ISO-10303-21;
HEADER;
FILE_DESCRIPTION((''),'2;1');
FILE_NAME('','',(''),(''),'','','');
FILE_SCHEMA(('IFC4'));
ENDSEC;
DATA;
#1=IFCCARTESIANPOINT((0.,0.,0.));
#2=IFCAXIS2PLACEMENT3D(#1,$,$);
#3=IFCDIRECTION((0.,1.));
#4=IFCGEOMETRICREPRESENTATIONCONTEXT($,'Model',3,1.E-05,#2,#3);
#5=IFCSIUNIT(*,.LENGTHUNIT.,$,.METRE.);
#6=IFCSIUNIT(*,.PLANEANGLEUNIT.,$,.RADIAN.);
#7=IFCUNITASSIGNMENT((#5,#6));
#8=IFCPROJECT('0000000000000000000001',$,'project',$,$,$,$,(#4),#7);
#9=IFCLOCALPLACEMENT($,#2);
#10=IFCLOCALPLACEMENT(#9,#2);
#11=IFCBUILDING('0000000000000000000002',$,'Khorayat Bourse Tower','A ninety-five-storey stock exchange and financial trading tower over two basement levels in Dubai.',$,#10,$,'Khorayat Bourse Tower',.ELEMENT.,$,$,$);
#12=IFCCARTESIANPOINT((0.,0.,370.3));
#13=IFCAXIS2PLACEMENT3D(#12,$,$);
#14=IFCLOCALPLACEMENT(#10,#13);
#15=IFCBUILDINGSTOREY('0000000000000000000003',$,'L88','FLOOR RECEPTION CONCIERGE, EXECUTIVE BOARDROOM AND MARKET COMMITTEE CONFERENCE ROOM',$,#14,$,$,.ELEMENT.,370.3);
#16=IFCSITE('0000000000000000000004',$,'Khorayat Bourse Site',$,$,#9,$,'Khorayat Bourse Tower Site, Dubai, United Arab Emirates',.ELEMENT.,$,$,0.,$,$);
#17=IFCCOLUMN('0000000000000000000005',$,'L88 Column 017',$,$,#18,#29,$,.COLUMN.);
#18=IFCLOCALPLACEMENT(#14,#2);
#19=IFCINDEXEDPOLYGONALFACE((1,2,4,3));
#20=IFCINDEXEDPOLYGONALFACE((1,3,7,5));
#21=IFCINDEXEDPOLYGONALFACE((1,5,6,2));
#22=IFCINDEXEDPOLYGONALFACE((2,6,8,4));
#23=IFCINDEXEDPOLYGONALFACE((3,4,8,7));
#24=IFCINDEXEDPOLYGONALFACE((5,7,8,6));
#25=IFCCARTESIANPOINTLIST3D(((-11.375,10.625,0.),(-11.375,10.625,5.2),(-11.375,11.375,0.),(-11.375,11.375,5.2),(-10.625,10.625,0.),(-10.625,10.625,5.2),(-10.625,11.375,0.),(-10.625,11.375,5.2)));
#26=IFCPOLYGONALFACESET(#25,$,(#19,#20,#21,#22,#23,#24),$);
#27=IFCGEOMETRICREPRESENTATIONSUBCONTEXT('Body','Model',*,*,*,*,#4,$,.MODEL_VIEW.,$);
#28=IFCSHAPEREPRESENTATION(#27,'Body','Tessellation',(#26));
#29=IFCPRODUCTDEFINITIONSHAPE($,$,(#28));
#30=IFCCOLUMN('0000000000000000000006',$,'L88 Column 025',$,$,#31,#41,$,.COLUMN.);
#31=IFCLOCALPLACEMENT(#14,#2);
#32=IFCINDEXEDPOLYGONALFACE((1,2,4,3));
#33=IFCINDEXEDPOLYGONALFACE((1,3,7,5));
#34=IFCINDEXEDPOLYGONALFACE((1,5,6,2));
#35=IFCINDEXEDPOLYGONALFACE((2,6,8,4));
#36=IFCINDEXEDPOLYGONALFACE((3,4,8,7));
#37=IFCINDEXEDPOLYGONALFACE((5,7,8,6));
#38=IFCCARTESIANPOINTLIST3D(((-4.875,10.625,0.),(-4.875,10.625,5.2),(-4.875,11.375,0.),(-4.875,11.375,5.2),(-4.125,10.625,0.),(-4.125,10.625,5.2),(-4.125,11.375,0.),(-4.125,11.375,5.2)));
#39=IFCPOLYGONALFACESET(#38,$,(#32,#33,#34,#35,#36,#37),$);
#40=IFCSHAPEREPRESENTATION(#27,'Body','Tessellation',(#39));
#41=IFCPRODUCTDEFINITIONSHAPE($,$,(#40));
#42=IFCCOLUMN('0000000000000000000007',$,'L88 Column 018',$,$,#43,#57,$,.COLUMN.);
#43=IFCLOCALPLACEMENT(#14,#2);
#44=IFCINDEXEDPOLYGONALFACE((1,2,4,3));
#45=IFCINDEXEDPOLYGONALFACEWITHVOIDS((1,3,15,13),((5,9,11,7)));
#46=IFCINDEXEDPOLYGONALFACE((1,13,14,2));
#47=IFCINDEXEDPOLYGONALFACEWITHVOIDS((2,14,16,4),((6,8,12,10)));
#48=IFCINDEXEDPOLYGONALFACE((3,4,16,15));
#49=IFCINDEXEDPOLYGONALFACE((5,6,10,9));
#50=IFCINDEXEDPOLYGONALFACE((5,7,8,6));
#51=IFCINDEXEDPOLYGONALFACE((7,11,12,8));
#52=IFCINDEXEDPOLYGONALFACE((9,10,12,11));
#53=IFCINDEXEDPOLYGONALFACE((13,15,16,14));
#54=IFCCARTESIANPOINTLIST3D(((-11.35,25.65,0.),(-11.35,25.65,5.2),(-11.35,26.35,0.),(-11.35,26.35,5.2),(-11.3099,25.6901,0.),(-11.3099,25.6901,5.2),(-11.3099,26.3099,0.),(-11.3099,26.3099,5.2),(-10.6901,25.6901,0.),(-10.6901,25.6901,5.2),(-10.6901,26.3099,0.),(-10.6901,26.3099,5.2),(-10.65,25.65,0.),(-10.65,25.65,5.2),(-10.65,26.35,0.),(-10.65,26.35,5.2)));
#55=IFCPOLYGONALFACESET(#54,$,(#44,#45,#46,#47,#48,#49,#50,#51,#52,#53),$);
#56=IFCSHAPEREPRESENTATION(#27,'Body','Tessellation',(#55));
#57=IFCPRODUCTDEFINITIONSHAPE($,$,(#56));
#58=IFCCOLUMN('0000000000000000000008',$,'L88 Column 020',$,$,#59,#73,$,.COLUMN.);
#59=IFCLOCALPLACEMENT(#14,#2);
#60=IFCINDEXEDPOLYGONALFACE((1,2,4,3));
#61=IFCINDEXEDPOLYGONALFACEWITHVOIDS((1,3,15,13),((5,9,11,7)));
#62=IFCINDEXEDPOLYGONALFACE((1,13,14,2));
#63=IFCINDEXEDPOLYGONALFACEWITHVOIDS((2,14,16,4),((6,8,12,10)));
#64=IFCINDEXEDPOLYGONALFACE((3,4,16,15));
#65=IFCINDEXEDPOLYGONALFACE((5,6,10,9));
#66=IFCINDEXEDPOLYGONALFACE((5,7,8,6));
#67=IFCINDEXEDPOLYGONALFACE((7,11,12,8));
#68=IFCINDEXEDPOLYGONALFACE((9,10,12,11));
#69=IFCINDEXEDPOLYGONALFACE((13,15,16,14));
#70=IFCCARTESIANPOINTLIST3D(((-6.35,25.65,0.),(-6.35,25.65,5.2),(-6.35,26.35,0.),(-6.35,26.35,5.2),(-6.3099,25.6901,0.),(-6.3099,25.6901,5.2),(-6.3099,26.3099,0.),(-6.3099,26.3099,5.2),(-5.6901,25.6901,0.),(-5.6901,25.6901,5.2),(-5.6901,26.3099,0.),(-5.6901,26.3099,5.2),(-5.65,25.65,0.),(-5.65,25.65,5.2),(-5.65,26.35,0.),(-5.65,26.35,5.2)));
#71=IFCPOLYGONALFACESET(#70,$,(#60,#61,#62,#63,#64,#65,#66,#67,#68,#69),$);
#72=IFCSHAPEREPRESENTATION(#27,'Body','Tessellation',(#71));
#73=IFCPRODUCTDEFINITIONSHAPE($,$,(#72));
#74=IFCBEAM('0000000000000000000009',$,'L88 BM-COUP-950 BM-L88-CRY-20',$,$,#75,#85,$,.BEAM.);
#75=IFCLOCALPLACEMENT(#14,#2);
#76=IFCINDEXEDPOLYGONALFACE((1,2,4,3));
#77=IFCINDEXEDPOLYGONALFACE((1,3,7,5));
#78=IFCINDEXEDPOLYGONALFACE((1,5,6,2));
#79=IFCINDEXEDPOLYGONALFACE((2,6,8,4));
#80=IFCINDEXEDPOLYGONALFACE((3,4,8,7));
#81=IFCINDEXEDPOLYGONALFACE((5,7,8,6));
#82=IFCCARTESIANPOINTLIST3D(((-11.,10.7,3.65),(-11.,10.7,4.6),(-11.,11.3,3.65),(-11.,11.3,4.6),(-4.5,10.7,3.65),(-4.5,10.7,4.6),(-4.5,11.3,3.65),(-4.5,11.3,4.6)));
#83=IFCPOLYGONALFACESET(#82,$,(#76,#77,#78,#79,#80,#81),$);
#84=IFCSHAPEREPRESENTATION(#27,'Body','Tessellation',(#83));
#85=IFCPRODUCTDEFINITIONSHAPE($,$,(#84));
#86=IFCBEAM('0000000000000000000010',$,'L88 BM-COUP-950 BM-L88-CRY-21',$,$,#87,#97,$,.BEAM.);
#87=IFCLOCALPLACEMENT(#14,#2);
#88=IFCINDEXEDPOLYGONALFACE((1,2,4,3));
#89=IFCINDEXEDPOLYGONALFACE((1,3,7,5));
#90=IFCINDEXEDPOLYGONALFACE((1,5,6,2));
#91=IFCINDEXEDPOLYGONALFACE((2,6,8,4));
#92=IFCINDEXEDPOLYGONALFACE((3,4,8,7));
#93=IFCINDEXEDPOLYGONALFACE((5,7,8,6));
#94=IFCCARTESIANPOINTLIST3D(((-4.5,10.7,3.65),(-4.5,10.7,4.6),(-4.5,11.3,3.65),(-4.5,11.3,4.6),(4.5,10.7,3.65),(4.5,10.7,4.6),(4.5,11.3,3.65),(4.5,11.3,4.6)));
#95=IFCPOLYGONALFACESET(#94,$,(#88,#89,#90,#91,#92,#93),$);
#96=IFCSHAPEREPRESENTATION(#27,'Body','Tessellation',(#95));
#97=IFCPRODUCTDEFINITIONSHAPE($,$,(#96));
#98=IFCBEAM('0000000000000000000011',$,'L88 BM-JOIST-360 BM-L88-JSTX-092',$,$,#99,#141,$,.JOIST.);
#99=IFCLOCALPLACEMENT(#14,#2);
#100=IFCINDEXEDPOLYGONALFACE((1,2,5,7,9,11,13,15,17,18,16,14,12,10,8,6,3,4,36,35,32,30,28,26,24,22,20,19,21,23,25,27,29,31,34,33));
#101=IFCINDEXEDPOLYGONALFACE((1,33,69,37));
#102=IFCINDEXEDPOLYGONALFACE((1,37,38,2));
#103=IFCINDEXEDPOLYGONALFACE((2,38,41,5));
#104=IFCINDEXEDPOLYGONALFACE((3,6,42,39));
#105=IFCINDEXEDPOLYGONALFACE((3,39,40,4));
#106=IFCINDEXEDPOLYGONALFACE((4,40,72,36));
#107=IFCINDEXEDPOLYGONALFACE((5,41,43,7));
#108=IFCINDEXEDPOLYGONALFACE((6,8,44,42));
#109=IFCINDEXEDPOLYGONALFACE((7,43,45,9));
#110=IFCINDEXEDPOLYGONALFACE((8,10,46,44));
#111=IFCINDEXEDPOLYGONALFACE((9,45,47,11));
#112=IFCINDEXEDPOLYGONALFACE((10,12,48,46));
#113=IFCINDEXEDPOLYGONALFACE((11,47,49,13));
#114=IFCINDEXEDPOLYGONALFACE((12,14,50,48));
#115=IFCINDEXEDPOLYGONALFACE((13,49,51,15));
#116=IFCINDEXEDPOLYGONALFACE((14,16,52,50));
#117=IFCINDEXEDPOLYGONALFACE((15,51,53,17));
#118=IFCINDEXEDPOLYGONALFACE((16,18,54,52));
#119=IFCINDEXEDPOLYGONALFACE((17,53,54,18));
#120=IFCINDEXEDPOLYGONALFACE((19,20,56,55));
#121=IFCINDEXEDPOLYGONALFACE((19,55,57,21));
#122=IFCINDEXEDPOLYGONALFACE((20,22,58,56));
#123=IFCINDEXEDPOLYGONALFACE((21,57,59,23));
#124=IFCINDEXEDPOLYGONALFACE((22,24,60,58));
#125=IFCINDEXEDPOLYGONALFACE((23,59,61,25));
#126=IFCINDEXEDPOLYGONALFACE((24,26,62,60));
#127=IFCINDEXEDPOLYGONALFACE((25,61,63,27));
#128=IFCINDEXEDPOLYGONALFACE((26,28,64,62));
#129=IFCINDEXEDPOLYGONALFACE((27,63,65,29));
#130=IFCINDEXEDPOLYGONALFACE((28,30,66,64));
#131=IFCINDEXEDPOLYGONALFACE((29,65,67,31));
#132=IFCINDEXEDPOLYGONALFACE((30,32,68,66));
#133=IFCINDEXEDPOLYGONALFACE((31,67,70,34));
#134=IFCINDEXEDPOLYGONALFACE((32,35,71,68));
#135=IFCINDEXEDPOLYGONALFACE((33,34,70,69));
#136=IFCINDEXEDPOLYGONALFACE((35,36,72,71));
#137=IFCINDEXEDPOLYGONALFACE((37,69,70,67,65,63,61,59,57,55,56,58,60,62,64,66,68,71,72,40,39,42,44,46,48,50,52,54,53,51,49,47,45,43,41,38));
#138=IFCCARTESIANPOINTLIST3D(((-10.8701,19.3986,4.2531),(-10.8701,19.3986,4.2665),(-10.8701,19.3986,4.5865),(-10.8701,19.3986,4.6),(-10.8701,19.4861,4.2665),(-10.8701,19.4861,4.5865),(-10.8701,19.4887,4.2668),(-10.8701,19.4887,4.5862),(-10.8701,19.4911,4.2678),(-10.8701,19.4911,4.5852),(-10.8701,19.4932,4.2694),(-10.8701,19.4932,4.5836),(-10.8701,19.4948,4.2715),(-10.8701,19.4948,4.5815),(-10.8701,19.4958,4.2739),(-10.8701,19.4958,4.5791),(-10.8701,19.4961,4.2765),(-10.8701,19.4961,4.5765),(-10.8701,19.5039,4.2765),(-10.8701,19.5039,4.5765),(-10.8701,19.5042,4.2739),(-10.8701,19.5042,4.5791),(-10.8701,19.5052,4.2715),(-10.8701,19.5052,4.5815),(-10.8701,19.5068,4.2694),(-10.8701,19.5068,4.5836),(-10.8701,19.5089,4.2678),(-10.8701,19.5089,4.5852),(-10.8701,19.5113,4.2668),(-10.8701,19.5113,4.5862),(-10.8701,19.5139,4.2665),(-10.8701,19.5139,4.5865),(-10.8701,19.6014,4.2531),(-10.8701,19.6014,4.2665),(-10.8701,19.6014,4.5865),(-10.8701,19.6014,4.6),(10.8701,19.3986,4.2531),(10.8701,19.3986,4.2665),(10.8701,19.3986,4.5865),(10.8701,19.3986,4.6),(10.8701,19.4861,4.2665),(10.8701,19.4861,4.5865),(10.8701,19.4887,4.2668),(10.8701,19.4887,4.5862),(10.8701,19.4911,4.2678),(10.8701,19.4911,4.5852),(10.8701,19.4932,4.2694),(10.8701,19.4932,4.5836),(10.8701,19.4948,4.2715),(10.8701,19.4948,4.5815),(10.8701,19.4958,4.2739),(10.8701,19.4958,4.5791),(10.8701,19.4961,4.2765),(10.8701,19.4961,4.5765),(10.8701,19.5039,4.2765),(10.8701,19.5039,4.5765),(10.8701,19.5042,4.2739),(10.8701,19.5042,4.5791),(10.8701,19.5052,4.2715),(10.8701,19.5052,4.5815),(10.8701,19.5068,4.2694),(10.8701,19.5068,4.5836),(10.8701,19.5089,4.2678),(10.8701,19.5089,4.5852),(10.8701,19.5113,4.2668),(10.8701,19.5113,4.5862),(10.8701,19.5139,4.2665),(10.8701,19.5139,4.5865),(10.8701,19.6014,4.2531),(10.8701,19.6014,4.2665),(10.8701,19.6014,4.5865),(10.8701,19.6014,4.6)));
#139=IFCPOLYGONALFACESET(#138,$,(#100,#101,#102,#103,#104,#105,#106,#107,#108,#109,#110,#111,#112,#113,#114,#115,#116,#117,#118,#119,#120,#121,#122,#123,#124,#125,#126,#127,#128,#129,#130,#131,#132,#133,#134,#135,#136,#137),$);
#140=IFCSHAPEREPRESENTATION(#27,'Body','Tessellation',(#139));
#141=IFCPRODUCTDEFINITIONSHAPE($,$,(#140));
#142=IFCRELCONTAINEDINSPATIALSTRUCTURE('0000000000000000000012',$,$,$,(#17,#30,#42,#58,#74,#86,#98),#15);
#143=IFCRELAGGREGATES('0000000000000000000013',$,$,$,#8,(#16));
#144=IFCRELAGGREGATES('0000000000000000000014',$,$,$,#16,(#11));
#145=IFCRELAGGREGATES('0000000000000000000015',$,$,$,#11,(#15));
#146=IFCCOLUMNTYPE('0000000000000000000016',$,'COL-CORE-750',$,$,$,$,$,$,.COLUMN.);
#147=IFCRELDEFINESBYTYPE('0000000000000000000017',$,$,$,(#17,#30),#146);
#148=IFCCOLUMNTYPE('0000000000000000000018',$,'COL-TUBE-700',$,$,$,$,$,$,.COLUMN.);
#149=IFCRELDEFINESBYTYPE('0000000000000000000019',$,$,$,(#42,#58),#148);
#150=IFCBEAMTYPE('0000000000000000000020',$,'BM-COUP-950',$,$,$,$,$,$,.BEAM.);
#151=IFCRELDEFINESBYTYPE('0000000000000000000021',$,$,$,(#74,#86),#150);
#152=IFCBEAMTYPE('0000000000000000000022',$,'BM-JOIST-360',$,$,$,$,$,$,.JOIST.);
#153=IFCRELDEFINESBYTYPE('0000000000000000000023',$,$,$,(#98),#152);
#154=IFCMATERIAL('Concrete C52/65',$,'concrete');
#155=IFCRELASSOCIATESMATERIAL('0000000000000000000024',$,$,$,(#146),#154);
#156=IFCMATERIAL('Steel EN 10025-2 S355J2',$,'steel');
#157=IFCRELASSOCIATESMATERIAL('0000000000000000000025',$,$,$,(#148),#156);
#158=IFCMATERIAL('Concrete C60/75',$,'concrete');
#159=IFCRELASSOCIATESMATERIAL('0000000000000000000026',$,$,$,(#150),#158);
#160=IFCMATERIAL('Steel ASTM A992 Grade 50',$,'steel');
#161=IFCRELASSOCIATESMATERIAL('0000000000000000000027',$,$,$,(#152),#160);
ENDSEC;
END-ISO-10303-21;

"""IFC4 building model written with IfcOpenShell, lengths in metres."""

from ifc_helpers import new_model, si_unit, direction, frame, origin, origin_2d, place, context, subcontext, project, spatial, rectangle, hollow_rectangle, i_section, extrude, source, transform, mapped, material, material_profile, profile_set, type_object, element, save


model = new_model("IFC4")

# Units and contexts
model_context = context("Model", 3, precision=1e-05, world=origin(), true_north=direction((0.0, 1.0)))
body_context = subcontext(model_context, "Body", "Model", "MODEL_VIEW")
ifc_project = project(units=[si_unit("LENGTHUNIT", "METRE"), si_unit("PLANEANGLEUNIT", "RADIAN")], contexts=[model_context])

# Site, building, storey
site_placement = place(None, origin())
site = spatial("IfcSite", under=ifc_project, at=site_placement, Name="Khorayat Bourse Site", LongName="Khorayat Bourse Tower Site, Dubai, United Arab Emirates", CompositionType="ELEMENT", RefElevation=0.0)
building_placement = place(site_placement, origin())
building = spatial("IfcBuilding", under=site, at=building_placement, Name="Khorayat Bourse Tower", Description="A ninety-five-storey stock exchange and financial trading tower over two basement levels in Dubai.", LongName="Khorayat Bourse Tower", CompositionType="ELEMENT")
storey_placement = place(building_placement, frame((0.0, 0.0, 370.3)))
storey = spatial("IfcBuildingStorey", under=building, at=storey_placement, Name="L88", Description="FLOOR RECEPTION CONCIERGE, EXECUTIVE BOARDROOM AND MARKET COMMITTEE CONFERENCE ROOM", CompositionType="ELEMENT", Elevation=370.3)

# Columns
ifc_material_1 = material(Name="Concrete C52/65", Category="concrete")
ifc_material_profile_1 = material_profile(ifc_material_1, rectangle(XDim=0.75, YDim=0.75, at=origin_2d()), Name="RC 750x750")
ifc_profile_set_1 = profile_set([ifc_material_profile_1], Name="Concrete C52/65")
column_type_1 = type_object("IfcColumnType", Name="COL-CORE-750", PredefinedType="COLUMN", material=ifc_profile_set_1)
shared_shape_1 = source(origin(), body_context, "Body", "SweptSolid", [
    extrude(rectangle(XDim=0.75, YDim=0.75, at=origin_2d()), origin(), (0.0, 0.0, 1.0), 5.2),
])
for number, where, z_axis, x_axis, name in (
    (1, (-11.0, 11.0, 0.0), (0.0, 0.0, 1.0), (1.0, 0.0, 0.0), "L88 Column 017"),
    (2, (-4.5, 11.0, 0.0), (0.0, 0.0, 1.0), (1.0, 0.0, 0.0), "L88 Column 025"),
):
    element("IfcColumn", number, at=place(storey_placement, frame(where, z_axis=z_axis, x_axis=x_axis)), inside=storey, type_object=column_type_1, Name=name, PredefinedType="COLUMN", context=body_context, shape_type="MappedRepresentation", body=[
        mapped(shared_shape_1, transform((0.0, 0.0, 0.0), scale=1.0)),
    ])
ifc_material_2 = material(Name="Steel EN 10025-2 S355J2", Category="steel")
ifc_material_profile_2 = material_profile(ifc_material_2, hollow_rectangle(XDim=0.7, YDim=0.7, WallThickness=0.04, at=origin_2d()), Name="BOX 700x700x40")
ifc_profile_set_2 = profile_set([ifc_material_profile_2], Name="Steel EN 10025-2 S355J2")
column_type_2 = type_object("IfcColumnType", Name="COL-TUBE-700", PredefinedType="COLUMN", material=ifc_profile_set_2)
shared_shape_2 = source(origin(), body_context, "Body", "SweptSolid", [
    extrude(hollow_rectangle(XDim=0.7, YDim=0.7, WallThickness=0.04, at=origin_2d()), origin(), (0.0, 0.0, 1.0), 5.2),
])
for number, where, z_axis, x_axis, name in (
    (3, (-11.0, 26.0, 0.0), (0.0, 0.0, 1.0), (1.0, 0.0, 0.0), "L88 Column 018"),
    (4, (-6.0, 26.0, 0.0), (0.0, 0.0, 1.0), (1.0, 0.0, 0.0), "L88 Column 020"),
):
    element("IfcColumn", number, at=place(storey_placement, frame(where, z_axis=z_axis, x_axis=x_axis)), inside=storey, type_object=column_type_2, Name=name, PredefinedType="COLUMN", context=body_context, shape_type="MappedRepresentation", body=[
        mapped(shared_shape_2, transform((0.0, 0.0, 0.0), scale=1.0)),
    ])

# Beams
ifc_material_3 = material(Name="Concrete C60/75", Category="concrete")
ifc_material_profile_3 = material_profile(ifc_material_3, rectangle(XDim=0.6001, YDim=0.95, at=origin_2d()), Name="RC 600x950")
ifc_profile_set_3 = profile_set([ifc_material_profile_3], Name="Concrete C60/75")
beam_type_1 = type_object("IfcBeamType", Name="BM-COUP-950", PredefinedType="BEAM", material=ifc_profile_set_3)
shared_shape_3 = source(origin(), body_context, "Body", "SweptSolid", [
    extrude(rectangle(XDim=0.6001, YDim=0.95, at=origin_2d()), origin(), (0.0, 0.0, 1.0), 6.5),
])
beam_1_placement = place(storey_placement, frame((-11.0, 11.0, 4.125), z_axis=(1.0, 0.0, 0.0), x_axis=(0.0, 1.0, 0.0)))
element("IfcBeam", 5, at=beam_1_placement, inside=storey, type_object=beam_type_1, Name="L88 BM-COUP-950 BM-L88-CRY-20", PredefinedType="BEAM", context=body_context, shape_type="MappedRepresentation", body=[
    mapped(shared_shape_3, transform((0.0, 0.0, 0.0), scale=1.0)),
])
shared_shape_4 = source(origin(), body_context, "Body", "SweptSolid", [
    extrude(rectangle(XDim=0.6001, YDim=0.95, at=origin_2d()), origin(), (0.0, 0.0, 1.0), 9.0),
])
beam_2_placement = place(storey_placement, frame((-4.5, 11.0, 4.125), z_axis=(1.0, 0.0, 0.0), x_axis=(0.0, 1.0, 0.0)))
element("IfcBeam", 6, at=beam_2_placement, inside=storey, type_object=beam_type_1, Name="L88 BM-COUP-950 BM-L88-CRY-21", PredefinedType="BEAM", context=body_context, shape_type="MappedRepresentation", body=[
    mapped(shared_shape_4, transform((0.0, 0.0, 0.0), scale=1.0)),
])
ifc_material_4 = material(Name="Steel ASTM A992 Grade 50", Category="steel")
ifc_material_profile_4 = material_profile(ifc_material_4, i_section(OverallWidth=0.2029, OverallDepth=0.3469, WebThickness=0.0078, FlangeThickness=0.0134, FilletRadius=0.01, at=origin_2d()), Name="W360X64")
ifc_profile_set_4 = profile_set([ifc_material_profile_4], Name="Steel ASTM A992 Grade 50")
beam_type_2 = type_object("IfcBeamType", Name="BM-JOIST-360", PredefinedType="JOIST", material=ifc_profile_set_4)
shared_shape_5 = source(origin(), body_context, "Body", "SweptSolid", [
    extrude(i_section(OverallWidth=0.2029, OverallDepth=0.3469, WebThickness=0.0078, FlangeThickness=0.0134, FilletRadius=0.01, at=origin_2d()), origin(), (0.0, 0.0, 1.0), 21.7402),
])
beam_3_placement = place(storey_placement, frame((-10.8701, 19.5, 4.4265), z_axis=(1.0, 0.0, 0.0), x_axis=(0.0, 1.0, 0.0)))
element("IfcBeam", 7, at=beam_3_placement, inside=storey, type_object=beam_type_2, Name="L88 BM-JOIST-360 BM-L88-JSTX-092", PredefinedType="JOIST", context=body_context, shape_type="MappedRepresentation", body=[
    mapped(shared_shape_5, transform((0.0, 0.0, 0.0), scale=1.0)),
])

save(model, "model.ifc")
